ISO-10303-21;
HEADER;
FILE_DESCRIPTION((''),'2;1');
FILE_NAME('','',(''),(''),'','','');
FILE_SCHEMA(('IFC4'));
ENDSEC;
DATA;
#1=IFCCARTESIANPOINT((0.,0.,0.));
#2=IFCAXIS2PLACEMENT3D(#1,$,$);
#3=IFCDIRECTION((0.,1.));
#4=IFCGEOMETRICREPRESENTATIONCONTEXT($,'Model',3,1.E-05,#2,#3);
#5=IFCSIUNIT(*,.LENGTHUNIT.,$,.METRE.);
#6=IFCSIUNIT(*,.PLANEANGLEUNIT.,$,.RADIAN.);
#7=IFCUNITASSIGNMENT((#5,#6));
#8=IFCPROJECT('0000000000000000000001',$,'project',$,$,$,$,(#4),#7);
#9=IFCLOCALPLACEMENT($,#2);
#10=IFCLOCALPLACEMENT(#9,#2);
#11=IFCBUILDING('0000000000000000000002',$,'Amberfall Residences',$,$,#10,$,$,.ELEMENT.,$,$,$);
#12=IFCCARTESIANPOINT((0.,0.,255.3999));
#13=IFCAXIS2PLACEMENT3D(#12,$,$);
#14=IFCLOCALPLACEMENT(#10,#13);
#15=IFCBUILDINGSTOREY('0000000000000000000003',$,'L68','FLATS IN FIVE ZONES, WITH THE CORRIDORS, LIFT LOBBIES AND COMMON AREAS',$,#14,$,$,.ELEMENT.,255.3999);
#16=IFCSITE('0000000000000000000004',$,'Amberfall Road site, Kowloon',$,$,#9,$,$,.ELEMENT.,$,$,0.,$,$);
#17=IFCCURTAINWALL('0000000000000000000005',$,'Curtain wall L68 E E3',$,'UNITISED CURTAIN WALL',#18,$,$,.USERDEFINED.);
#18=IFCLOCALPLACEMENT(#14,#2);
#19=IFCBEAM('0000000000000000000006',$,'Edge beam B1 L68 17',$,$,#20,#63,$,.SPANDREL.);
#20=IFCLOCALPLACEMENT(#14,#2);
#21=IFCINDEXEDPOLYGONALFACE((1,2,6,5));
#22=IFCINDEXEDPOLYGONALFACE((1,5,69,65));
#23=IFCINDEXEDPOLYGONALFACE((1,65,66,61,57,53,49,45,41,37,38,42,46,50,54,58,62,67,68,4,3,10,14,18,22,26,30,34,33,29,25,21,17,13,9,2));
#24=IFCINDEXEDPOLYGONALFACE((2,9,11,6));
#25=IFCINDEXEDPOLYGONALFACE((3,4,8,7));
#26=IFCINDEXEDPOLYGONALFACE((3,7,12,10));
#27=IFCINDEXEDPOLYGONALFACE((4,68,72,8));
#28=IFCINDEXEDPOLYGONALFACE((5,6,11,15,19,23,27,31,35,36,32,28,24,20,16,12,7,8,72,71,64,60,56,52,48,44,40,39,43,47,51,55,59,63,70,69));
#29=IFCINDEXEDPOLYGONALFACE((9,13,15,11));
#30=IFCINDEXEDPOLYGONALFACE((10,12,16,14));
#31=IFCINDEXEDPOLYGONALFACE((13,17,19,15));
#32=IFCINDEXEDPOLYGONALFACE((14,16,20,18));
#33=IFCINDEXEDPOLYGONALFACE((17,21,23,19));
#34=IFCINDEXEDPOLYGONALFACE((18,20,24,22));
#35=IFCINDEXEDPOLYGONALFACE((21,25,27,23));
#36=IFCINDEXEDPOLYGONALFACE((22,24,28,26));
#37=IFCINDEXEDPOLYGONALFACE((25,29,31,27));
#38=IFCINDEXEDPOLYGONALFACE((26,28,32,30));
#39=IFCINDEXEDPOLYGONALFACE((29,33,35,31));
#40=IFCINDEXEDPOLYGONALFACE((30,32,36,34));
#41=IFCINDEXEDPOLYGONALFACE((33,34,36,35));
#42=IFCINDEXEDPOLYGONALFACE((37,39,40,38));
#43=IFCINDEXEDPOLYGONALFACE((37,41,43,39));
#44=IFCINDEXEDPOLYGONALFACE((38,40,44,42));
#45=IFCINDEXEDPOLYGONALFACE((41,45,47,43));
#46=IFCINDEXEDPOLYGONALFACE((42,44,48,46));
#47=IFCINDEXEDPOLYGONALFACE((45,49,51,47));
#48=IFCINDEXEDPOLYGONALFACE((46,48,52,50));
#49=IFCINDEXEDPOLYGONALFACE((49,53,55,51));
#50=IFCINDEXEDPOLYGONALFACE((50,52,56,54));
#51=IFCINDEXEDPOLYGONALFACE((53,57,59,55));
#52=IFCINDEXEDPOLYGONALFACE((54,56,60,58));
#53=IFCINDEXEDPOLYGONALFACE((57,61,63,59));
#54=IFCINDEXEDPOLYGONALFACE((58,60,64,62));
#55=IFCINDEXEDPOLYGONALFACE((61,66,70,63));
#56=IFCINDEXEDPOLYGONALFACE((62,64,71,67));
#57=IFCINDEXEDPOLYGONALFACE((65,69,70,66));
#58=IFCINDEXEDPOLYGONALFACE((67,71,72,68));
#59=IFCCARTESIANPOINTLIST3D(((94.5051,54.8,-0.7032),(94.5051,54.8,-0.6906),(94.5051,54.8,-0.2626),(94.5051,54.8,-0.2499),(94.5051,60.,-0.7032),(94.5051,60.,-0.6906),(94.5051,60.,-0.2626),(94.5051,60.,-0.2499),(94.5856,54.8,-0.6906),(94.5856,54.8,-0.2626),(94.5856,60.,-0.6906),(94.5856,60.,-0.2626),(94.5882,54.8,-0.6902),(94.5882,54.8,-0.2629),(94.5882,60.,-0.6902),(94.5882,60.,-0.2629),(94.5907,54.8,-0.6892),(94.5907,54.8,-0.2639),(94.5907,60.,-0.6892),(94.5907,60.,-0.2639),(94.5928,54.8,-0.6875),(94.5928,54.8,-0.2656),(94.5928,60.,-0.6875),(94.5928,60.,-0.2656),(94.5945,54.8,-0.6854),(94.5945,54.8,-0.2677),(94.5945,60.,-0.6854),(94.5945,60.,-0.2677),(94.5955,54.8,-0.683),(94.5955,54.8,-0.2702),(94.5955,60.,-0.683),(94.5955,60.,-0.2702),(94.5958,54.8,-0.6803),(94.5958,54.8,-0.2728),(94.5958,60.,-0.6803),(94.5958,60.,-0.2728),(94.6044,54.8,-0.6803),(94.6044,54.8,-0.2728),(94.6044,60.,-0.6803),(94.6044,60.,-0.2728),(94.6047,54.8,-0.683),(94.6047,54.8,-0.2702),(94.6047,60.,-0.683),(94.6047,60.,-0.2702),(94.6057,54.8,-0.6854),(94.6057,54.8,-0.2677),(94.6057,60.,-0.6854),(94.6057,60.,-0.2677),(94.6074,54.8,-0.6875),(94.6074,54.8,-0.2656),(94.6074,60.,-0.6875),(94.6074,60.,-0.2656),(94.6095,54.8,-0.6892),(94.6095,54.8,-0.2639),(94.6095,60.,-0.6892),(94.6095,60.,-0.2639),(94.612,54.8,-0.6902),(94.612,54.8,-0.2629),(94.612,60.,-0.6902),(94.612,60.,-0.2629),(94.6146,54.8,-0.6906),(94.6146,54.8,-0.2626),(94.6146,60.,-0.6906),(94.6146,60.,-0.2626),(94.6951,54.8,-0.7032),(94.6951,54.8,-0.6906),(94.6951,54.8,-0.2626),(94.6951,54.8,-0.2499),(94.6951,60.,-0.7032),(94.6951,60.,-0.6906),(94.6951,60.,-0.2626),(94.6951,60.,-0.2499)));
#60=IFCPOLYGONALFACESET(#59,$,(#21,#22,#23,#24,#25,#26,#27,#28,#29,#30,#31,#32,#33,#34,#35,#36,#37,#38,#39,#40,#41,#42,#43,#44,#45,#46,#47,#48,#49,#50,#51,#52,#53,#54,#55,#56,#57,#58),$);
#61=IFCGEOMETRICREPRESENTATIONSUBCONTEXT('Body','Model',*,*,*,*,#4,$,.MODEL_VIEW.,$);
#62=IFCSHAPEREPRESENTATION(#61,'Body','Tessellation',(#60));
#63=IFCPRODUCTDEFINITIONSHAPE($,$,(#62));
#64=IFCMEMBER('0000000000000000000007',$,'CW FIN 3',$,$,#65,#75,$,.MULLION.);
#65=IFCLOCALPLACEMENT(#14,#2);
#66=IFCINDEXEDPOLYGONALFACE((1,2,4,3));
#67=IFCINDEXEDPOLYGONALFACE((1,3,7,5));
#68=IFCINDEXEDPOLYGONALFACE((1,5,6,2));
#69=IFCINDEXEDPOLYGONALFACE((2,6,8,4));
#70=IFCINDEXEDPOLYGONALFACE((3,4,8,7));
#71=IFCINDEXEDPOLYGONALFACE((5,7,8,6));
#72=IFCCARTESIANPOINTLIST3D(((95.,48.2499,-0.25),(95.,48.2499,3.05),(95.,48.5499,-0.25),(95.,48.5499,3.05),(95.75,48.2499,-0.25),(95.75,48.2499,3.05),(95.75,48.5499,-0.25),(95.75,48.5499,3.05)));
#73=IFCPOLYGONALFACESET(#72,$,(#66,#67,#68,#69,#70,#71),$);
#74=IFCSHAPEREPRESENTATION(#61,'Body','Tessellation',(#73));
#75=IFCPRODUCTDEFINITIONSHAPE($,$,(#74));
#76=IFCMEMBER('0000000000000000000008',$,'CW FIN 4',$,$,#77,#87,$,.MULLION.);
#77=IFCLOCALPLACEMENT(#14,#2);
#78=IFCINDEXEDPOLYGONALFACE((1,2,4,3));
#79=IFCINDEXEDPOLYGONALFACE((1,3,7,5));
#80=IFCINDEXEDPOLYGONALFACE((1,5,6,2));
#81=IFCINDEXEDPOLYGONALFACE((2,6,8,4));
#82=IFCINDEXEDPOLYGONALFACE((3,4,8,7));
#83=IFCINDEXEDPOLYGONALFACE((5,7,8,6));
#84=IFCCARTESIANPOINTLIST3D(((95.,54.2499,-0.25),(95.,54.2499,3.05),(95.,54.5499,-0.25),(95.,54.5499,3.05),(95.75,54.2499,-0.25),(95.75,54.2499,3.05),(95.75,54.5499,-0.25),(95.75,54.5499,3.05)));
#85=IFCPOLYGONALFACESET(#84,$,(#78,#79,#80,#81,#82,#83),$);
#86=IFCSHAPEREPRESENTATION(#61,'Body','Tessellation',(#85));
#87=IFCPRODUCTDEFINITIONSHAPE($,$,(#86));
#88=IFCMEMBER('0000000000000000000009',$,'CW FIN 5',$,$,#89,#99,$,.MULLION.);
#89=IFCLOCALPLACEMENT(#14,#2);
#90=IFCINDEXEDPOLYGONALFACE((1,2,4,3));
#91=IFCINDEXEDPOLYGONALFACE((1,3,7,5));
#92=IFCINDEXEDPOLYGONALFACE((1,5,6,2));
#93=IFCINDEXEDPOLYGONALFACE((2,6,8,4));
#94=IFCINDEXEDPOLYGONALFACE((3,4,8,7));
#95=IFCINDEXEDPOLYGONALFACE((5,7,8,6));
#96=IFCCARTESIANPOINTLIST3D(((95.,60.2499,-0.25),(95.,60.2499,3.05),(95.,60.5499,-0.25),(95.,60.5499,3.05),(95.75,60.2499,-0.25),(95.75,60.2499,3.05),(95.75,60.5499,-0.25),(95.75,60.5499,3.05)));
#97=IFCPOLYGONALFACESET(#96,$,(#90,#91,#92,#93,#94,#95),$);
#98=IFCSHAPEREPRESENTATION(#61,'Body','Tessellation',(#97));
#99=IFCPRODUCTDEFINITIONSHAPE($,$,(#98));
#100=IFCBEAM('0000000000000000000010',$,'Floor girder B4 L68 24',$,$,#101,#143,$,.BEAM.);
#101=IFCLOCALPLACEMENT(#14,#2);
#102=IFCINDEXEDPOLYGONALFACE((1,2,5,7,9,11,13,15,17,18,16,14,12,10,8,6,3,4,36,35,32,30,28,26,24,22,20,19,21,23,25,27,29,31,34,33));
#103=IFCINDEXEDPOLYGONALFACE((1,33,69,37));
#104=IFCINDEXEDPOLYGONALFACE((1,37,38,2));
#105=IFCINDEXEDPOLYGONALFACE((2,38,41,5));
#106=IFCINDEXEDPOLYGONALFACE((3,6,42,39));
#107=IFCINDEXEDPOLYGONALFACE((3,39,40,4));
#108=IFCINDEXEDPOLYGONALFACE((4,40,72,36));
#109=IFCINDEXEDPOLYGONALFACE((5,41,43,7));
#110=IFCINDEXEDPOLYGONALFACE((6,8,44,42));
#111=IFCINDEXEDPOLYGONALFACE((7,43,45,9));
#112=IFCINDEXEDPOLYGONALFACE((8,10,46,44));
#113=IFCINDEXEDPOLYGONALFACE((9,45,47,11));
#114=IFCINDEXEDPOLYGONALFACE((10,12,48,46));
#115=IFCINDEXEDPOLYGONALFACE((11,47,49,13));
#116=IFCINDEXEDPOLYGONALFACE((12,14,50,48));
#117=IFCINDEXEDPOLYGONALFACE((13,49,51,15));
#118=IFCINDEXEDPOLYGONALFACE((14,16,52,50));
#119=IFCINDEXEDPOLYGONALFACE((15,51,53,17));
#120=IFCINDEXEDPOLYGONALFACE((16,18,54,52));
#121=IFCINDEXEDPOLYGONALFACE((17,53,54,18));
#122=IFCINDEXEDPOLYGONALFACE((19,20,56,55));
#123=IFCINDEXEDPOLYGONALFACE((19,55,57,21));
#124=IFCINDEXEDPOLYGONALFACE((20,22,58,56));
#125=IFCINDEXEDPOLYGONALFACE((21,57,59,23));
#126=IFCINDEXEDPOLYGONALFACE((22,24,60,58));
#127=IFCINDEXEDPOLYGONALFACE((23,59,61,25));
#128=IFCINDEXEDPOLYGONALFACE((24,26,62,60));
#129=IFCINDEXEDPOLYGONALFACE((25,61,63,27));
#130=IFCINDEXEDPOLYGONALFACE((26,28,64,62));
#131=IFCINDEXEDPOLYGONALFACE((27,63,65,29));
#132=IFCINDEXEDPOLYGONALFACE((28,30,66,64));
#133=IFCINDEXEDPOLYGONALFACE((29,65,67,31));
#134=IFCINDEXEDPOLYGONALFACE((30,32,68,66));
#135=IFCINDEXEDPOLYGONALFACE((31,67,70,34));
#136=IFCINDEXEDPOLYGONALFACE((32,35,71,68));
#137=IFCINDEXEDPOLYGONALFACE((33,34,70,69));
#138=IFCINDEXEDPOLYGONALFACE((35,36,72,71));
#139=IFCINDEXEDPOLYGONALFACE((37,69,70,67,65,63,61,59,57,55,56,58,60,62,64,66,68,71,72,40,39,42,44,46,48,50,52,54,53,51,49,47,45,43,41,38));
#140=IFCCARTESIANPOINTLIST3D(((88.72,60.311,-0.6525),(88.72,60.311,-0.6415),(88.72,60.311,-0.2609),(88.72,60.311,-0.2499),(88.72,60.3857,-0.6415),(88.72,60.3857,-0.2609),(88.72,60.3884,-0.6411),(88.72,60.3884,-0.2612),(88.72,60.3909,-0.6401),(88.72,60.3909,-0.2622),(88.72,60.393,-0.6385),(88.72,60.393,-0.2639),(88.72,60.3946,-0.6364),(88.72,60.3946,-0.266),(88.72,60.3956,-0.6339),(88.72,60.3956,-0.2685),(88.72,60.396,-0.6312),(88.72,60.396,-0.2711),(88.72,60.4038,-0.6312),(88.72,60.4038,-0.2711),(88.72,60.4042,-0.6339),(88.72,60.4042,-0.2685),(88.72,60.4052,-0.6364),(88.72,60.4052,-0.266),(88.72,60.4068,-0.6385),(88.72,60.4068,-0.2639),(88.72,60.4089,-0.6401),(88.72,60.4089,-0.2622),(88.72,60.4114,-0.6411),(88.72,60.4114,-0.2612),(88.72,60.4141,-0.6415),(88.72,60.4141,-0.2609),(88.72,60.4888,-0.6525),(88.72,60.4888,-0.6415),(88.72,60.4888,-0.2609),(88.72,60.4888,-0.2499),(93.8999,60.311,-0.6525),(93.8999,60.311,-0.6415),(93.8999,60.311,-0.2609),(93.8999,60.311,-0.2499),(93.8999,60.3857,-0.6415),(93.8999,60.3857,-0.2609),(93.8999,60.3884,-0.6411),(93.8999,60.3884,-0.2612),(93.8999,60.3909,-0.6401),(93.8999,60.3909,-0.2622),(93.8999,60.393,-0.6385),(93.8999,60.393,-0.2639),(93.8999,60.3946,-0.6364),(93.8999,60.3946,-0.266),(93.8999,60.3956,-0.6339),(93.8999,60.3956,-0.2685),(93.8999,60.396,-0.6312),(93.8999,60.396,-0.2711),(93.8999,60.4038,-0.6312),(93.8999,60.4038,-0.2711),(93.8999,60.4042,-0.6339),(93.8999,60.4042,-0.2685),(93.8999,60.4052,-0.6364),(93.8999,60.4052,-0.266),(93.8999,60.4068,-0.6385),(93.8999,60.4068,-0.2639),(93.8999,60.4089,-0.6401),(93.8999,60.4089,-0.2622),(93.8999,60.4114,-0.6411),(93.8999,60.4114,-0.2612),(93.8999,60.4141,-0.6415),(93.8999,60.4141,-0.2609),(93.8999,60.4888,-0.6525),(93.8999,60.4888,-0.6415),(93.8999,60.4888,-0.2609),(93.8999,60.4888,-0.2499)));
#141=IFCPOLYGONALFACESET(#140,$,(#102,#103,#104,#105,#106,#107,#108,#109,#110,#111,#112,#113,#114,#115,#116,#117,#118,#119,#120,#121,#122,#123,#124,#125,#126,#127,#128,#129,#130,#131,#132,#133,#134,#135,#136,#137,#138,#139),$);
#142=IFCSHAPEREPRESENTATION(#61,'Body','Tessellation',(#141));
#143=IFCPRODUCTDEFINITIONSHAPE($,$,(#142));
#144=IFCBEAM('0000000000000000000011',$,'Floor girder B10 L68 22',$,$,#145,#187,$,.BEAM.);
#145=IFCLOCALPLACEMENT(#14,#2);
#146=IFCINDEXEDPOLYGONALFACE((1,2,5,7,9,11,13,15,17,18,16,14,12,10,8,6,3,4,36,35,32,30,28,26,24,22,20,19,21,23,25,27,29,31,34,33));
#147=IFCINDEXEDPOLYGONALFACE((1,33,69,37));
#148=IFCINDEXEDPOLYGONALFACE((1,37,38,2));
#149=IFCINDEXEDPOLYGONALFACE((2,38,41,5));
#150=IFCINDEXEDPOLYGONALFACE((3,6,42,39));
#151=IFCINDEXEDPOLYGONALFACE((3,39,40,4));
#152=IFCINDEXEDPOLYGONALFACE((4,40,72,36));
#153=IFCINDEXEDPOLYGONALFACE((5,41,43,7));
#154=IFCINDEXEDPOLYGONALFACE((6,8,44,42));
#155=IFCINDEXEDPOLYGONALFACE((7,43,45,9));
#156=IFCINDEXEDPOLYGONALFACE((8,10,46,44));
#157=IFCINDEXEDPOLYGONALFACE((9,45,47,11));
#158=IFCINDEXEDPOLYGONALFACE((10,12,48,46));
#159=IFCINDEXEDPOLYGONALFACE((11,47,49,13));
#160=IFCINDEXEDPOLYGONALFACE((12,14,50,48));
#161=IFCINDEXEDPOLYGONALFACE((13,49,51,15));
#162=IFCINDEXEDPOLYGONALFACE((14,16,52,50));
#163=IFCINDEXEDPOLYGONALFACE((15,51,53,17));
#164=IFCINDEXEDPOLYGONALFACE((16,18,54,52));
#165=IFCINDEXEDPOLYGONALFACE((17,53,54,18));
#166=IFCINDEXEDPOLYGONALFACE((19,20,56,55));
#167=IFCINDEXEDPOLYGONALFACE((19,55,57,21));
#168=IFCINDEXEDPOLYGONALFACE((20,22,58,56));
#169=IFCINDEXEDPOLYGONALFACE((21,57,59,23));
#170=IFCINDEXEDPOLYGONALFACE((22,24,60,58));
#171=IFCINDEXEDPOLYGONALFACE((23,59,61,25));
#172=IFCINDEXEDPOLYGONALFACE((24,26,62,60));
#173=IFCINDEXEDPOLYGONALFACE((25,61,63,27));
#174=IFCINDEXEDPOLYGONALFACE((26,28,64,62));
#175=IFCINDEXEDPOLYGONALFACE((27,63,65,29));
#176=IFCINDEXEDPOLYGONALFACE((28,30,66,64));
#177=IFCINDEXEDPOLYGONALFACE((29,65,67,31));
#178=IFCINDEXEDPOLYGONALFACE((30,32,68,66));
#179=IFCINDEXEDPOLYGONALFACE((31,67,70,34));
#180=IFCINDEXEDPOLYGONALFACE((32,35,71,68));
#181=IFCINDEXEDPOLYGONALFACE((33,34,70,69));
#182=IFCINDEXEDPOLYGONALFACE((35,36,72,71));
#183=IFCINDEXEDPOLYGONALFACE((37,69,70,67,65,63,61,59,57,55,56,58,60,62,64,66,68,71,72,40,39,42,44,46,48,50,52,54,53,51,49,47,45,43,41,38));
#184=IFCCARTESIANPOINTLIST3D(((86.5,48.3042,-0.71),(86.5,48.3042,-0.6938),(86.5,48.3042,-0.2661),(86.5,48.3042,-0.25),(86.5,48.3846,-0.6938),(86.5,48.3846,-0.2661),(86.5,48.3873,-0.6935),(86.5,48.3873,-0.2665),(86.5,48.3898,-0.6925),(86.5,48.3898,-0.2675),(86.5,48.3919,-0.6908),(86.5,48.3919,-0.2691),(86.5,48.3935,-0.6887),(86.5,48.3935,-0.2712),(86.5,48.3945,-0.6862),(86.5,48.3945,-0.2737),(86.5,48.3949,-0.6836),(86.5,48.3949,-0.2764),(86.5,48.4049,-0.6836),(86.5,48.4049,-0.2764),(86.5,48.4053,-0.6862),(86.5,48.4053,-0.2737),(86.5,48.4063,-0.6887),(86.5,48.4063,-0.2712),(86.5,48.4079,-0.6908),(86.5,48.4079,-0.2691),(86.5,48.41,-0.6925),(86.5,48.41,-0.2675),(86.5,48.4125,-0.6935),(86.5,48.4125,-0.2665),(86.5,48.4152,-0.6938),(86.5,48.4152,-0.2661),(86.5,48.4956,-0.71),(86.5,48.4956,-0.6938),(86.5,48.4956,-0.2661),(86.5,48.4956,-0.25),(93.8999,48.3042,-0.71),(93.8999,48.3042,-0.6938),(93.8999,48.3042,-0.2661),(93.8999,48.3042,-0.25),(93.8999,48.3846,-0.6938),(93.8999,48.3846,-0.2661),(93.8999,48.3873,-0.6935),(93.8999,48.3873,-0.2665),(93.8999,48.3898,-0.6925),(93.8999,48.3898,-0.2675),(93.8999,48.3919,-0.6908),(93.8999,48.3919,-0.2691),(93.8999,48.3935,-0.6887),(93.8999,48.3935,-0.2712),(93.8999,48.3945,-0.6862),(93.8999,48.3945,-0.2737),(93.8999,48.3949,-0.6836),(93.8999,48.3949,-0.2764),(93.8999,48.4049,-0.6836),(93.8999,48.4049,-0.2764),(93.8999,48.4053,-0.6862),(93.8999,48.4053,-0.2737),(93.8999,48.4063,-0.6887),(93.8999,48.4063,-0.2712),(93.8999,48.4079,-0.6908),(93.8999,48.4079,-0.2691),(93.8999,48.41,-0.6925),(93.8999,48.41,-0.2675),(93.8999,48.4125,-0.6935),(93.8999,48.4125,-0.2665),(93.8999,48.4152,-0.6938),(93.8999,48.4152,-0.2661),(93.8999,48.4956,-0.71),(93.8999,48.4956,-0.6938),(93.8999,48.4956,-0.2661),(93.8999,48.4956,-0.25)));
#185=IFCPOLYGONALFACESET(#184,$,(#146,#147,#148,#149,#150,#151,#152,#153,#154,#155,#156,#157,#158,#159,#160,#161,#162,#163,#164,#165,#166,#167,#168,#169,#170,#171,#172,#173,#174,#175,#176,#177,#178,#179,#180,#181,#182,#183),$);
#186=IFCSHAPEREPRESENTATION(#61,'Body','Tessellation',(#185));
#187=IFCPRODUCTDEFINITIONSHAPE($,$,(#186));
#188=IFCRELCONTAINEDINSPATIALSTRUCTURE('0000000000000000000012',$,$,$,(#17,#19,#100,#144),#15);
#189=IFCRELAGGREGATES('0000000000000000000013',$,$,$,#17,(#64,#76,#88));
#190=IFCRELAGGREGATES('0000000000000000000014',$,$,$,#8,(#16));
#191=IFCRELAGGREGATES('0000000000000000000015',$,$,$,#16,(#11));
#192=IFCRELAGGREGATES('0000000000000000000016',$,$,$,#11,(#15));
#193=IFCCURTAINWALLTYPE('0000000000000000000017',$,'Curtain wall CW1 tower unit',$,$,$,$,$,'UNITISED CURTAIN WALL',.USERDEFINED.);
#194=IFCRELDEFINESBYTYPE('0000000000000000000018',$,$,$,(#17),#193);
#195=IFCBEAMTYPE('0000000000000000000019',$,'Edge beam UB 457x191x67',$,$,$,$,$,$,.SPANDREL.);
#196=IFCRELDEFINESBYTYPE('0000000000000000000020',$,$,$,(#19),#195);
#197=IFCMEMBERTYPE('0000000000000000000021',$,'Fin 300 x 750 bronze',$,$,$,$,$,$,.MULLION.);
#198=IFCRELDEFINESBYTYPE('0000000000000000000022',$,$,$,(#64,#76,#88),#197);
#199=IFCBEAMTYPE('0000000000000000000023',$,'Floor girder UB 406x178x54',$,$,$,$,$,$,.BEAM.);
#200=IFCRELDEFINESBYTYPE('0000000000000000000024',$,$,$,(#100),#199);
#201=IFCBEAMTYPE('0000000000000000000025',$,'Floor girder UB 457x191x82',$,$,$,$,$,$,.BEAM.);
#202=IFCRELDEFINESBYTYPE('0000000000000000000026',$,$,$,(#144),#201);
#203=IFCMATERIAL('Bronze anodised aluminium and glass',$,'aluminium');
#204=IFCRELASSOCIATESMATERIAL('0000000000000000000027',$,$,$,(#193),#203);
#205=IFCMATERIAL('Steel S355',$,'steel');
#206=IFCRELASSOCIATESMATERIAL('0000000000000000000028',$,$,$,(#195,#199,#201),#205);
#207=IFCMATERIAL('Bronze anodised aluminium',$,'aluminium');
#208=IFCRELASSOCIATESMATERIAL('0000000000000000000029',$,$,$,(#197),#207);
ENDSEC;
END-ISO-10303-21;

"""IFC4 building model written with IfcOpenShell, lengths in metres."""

from ifc_helpers import new_model, si_unit, direction, frame, origin, origin_2d, place, context, subcontext, project, spatial, rectangle, i_section, extrude, material, material_profile, profile_set, type_object, element, aggregate, save


model = new_model("IFC4")

# Units and contexts
model_context = context("Model", 3, precision=1e-05, world=origin(), true_north=direction((0.0, 1.0)))
body_context = subcontext(model_context, "Body", "Model", "MODEL_VIEW")
ifc_project = project(units=[si_unit("LENGTHUNIT", "METRE"), si_unit("PLANEANGLEUNIT", "RADIAN")], contexts=[model_context])

# Site, building, storey
site_placement = place(None, origin())
site = spatial("IfcSite", under=ifc_project, at=site_placement, Name="Amberfall Road site, Kowloon", CompositionType="ELEMENT", RefElevation=0.0)
building_placement = place(site_placement, origin())
building = spatial("IfcBuilding", under=site, at=building_placement, Name="Amberfall Residences", CompositionType="ELEMENT")
storey_placement = place(building_placement, frame((0.0, 0.0, 255.3999)))
storey = spatial("IfcBuildingStorey", under=building, at=storey_placement, Name="L68", Description="FLATS IN FIVE ZONES, WITH THE CORRIDORS, LIFT LOBBIES AND COMMON AREAS", CompositionType="ELEMENT", Elevation=255.3999)

# Curtain wall
ifc_material_1 = material(Name="Bronze anodised aluminium and glass", Category="aluminium")
curtain_wall_type = type_object("IfcCurtainWallType", Name="Curtain wall CW1 tower unit", ElementType="UNITISED CURTAIN WALL", PredefinedType="USERDEFINED", material=ifc_material_1)
curtain_wall_placement = place(storey_placement, origin())
curtain_wall = element("IfcCurtainWall", 1, at=curtain_wall_placement, inside=storey, type_object=curtain_wall_type, Name="Curtain wall L68 E E3", ObjectType="UNITISED CURTAIN WALL", PredefinedType="USERDEFINED")
ifc_material_2 = material(Name="Bronze anodised aluminium", Category="aluminium")

# Beam
ifc_material_3 = material(Name="Steel S355", Category="steel")
ifc_material_profile_1 = material_profile(ifc_material_3, i_section(OverallWidth=0.1899, OverallDepth=0.4534, WebThickness=0.0085, FlangeThickness=0.0127, FilletRadius=0.0103, at=origin_2d()), Name="UB 457x191x67")
ifc_profile_set_1 = profile_set([ifc_material_profile_1], Name="Steel S355")
beam_type_1 = type_object("IfcBeamType", Name="Edge beam UB 457x191x67", PredefinedType="SPANDREL", material=ifc_profile_set_1)
for number, where, z_axis, x_axis, name in (
    (2, (94.6001, 54.8, -0.4766), (0.0, 1.0, 0.0), (-1.0, 0.0, 0.0), "Edge beam B1 L68 17"),
):
    element("IfcBeam", number, at=place(storey_placement, frame(where, z_axis=z_axis, x_axis=x_axis)), inside=storey, type_object=beam_type_1, Name=name, PredefinedType="SPANDREL", context=body_context, shape_type="SweptSolid", body=[
        extrude(i_section(OverallWidth=0.1899, OverallDepth=0.4534, WebThickness=0.0085, FlangeThickness=0.0127, FilletRadius=0.0103, at=origin_2d()), origin(), (0.0, 0.0, 1.0), 5.2),
    ])

# Members
ifc_material_profile_2 = material_profile(ifc_material_2, rectangle(XDim=0.75, YDim=0.3, at=origin_2d()), Name="Fin 300 x 750 bronze")
ifc_profile_set_2 = profile_set([ifc_material_profile_2], Name="Bronze anodised aluminium")
member_type_1 = type_object("IfcMemberType", Name="Fin 300 x 750 bronze", PredefinedType="MULLION", material=ifc_profile_set_2)
member_1_placement = place(storey_placement, frame((95.375, 48.3999, -0.25), z_axis=(0.0, 0.0, 1.0), x_axis=(-1.0, 0.0, 0.0)))
member_1 = element("IfcMember", 3, at=member_1_placement, type_object=member_type_1, Name="CW FIN 3", PredefinedType="MULLION", context=body_context, shape_type="SweptSolid", body=[
    extrude(rectangle(XDim=0.75, YDim=0.3, at=origin_2d()), origin(), (0.0, 0.0, 1.0), 3.3),
])
member_2_placement = place(storey_placement, frame((95.375, 54.3999, -0.25), z_axis=(0.0, 0.0, 1.0), x_axis=(-1.0, 0.0, 0.0)))
member_2 = element("IfcMember", 4, at=member_2_placement, type_object=member_type_1, Name="CW FIN 4", PredefinedType="MULLION", context=body_context, shape_type="SweptSolid", body=[
    extrude(rectangle(XDim=0.75, YDim=0.3, at=origin_2d()), origin(), (0.0, 0.0, 1.0), 3.3),
])
member_3_placement = place(storey_placement, frame((95.375, 60.3999, -0.25), z_axis=(0.0, 0.0, 1.0), x_axis=(-1.0, 0.0, 0.0)))
member_3 = element("IfcMember", 5, at=member_3_placement, type_object=member_type_1, Name="CW FIN 5", PredefinedType="MULLION", context=body_context, shape_type="SweptSolid", body=[
    extrude(rectangle(XDim=0.75, YDim=0.3, at=origin_2d()), origin(), (0.0, 0.0, 1.0), 3.3),
])

# Beams
ifc_material_profile_3 = material_profile(ifc_material_3, i_section(OverallWidth=0.1777, OverallDepth=0.4026, WebThickness=0.0078, FlangeThickness=0.011, FilletRadius=0.0103, at=origin_2d()), Name="UB 406x178x54")
ifc_profile_set_3 = profile_set([ifc_material_profile_3], Name="Steel S355")
beam_type_2 = type_object("IfcBeamType", Name="Floor girder UB 406x178x54", PredefinedType="BEAM", material=ifc_profile_set_3)
beam_placement = place(storey_placement, frame((93.8999, 60.3999, -0.4512), z_axis=(-1.0, 0.0, 0.0), x_axis=(0.0, -1.0, 0.0)))
element("IfcBeam", 6, at=beam_placement, inside=storey, type_object=beam_type_2, Name="Floor girder B4 L68 24", PredefinedType="BEAM", context=body_context, shape_type="SweptSolid", body=[
    extrude(i_section(OverallWidth=0.1777, OverallDepth=0.4026, WebThickness=0.0078, FlangeThickness=0.011, FilletRadius=0.0103, at=origin_2d()), origin(), (0.0, 0.0, 1.0), 5.1799),
])
ifc_material_profile_4 = material_profile(ifc_material_3, i_section(OverallWidth=0.1914, OverallDepth=0.46, WebThickness=0.01, FlangeThickness=0.0161, FilletRadius=0.0103, at=origin_2d()), Name="UB 457x191x82")
ifc_profile_set_4 = profile_set([ifc_material_profile_4], Name="Steel S355")
beam_type_3 = type_object("IfcBeamType", Name="Floor girder UB 457x191x82", PredefinedType="BEAM", material=ifc_profile_set_4)
for number, where, z_axis, x_axis, name in (
    (7, (93.8999, 48.3999, -0.48), (-1.0, 0.0, 0.0), (0.0, -1.0, 0.0), "Floor girder B10 L68 22"),
):
    element("IfcBeam", number, at=place(storey_placement, frame(where, z_axis=z_axis, x_axis=x_axis)), inside=storey, type_object=beam_type_3, Name=name, PredefinedType="BEAM", context=body_context, shape_type="SweptSolid", body=[
        extrude(i_section(OverallWidth=0.1914, OverallDepth=0.46, WebThickness=0.01, FlangeThickness=0.0161, FilletRadius=0.0103, at=origin_2d()), origin(), (0.0, 0.0, 1.0), 7.3999),
    ])

aggregate(curtain_wall, [member_1, member_2, member_3])

save(model, "model.ifc")
